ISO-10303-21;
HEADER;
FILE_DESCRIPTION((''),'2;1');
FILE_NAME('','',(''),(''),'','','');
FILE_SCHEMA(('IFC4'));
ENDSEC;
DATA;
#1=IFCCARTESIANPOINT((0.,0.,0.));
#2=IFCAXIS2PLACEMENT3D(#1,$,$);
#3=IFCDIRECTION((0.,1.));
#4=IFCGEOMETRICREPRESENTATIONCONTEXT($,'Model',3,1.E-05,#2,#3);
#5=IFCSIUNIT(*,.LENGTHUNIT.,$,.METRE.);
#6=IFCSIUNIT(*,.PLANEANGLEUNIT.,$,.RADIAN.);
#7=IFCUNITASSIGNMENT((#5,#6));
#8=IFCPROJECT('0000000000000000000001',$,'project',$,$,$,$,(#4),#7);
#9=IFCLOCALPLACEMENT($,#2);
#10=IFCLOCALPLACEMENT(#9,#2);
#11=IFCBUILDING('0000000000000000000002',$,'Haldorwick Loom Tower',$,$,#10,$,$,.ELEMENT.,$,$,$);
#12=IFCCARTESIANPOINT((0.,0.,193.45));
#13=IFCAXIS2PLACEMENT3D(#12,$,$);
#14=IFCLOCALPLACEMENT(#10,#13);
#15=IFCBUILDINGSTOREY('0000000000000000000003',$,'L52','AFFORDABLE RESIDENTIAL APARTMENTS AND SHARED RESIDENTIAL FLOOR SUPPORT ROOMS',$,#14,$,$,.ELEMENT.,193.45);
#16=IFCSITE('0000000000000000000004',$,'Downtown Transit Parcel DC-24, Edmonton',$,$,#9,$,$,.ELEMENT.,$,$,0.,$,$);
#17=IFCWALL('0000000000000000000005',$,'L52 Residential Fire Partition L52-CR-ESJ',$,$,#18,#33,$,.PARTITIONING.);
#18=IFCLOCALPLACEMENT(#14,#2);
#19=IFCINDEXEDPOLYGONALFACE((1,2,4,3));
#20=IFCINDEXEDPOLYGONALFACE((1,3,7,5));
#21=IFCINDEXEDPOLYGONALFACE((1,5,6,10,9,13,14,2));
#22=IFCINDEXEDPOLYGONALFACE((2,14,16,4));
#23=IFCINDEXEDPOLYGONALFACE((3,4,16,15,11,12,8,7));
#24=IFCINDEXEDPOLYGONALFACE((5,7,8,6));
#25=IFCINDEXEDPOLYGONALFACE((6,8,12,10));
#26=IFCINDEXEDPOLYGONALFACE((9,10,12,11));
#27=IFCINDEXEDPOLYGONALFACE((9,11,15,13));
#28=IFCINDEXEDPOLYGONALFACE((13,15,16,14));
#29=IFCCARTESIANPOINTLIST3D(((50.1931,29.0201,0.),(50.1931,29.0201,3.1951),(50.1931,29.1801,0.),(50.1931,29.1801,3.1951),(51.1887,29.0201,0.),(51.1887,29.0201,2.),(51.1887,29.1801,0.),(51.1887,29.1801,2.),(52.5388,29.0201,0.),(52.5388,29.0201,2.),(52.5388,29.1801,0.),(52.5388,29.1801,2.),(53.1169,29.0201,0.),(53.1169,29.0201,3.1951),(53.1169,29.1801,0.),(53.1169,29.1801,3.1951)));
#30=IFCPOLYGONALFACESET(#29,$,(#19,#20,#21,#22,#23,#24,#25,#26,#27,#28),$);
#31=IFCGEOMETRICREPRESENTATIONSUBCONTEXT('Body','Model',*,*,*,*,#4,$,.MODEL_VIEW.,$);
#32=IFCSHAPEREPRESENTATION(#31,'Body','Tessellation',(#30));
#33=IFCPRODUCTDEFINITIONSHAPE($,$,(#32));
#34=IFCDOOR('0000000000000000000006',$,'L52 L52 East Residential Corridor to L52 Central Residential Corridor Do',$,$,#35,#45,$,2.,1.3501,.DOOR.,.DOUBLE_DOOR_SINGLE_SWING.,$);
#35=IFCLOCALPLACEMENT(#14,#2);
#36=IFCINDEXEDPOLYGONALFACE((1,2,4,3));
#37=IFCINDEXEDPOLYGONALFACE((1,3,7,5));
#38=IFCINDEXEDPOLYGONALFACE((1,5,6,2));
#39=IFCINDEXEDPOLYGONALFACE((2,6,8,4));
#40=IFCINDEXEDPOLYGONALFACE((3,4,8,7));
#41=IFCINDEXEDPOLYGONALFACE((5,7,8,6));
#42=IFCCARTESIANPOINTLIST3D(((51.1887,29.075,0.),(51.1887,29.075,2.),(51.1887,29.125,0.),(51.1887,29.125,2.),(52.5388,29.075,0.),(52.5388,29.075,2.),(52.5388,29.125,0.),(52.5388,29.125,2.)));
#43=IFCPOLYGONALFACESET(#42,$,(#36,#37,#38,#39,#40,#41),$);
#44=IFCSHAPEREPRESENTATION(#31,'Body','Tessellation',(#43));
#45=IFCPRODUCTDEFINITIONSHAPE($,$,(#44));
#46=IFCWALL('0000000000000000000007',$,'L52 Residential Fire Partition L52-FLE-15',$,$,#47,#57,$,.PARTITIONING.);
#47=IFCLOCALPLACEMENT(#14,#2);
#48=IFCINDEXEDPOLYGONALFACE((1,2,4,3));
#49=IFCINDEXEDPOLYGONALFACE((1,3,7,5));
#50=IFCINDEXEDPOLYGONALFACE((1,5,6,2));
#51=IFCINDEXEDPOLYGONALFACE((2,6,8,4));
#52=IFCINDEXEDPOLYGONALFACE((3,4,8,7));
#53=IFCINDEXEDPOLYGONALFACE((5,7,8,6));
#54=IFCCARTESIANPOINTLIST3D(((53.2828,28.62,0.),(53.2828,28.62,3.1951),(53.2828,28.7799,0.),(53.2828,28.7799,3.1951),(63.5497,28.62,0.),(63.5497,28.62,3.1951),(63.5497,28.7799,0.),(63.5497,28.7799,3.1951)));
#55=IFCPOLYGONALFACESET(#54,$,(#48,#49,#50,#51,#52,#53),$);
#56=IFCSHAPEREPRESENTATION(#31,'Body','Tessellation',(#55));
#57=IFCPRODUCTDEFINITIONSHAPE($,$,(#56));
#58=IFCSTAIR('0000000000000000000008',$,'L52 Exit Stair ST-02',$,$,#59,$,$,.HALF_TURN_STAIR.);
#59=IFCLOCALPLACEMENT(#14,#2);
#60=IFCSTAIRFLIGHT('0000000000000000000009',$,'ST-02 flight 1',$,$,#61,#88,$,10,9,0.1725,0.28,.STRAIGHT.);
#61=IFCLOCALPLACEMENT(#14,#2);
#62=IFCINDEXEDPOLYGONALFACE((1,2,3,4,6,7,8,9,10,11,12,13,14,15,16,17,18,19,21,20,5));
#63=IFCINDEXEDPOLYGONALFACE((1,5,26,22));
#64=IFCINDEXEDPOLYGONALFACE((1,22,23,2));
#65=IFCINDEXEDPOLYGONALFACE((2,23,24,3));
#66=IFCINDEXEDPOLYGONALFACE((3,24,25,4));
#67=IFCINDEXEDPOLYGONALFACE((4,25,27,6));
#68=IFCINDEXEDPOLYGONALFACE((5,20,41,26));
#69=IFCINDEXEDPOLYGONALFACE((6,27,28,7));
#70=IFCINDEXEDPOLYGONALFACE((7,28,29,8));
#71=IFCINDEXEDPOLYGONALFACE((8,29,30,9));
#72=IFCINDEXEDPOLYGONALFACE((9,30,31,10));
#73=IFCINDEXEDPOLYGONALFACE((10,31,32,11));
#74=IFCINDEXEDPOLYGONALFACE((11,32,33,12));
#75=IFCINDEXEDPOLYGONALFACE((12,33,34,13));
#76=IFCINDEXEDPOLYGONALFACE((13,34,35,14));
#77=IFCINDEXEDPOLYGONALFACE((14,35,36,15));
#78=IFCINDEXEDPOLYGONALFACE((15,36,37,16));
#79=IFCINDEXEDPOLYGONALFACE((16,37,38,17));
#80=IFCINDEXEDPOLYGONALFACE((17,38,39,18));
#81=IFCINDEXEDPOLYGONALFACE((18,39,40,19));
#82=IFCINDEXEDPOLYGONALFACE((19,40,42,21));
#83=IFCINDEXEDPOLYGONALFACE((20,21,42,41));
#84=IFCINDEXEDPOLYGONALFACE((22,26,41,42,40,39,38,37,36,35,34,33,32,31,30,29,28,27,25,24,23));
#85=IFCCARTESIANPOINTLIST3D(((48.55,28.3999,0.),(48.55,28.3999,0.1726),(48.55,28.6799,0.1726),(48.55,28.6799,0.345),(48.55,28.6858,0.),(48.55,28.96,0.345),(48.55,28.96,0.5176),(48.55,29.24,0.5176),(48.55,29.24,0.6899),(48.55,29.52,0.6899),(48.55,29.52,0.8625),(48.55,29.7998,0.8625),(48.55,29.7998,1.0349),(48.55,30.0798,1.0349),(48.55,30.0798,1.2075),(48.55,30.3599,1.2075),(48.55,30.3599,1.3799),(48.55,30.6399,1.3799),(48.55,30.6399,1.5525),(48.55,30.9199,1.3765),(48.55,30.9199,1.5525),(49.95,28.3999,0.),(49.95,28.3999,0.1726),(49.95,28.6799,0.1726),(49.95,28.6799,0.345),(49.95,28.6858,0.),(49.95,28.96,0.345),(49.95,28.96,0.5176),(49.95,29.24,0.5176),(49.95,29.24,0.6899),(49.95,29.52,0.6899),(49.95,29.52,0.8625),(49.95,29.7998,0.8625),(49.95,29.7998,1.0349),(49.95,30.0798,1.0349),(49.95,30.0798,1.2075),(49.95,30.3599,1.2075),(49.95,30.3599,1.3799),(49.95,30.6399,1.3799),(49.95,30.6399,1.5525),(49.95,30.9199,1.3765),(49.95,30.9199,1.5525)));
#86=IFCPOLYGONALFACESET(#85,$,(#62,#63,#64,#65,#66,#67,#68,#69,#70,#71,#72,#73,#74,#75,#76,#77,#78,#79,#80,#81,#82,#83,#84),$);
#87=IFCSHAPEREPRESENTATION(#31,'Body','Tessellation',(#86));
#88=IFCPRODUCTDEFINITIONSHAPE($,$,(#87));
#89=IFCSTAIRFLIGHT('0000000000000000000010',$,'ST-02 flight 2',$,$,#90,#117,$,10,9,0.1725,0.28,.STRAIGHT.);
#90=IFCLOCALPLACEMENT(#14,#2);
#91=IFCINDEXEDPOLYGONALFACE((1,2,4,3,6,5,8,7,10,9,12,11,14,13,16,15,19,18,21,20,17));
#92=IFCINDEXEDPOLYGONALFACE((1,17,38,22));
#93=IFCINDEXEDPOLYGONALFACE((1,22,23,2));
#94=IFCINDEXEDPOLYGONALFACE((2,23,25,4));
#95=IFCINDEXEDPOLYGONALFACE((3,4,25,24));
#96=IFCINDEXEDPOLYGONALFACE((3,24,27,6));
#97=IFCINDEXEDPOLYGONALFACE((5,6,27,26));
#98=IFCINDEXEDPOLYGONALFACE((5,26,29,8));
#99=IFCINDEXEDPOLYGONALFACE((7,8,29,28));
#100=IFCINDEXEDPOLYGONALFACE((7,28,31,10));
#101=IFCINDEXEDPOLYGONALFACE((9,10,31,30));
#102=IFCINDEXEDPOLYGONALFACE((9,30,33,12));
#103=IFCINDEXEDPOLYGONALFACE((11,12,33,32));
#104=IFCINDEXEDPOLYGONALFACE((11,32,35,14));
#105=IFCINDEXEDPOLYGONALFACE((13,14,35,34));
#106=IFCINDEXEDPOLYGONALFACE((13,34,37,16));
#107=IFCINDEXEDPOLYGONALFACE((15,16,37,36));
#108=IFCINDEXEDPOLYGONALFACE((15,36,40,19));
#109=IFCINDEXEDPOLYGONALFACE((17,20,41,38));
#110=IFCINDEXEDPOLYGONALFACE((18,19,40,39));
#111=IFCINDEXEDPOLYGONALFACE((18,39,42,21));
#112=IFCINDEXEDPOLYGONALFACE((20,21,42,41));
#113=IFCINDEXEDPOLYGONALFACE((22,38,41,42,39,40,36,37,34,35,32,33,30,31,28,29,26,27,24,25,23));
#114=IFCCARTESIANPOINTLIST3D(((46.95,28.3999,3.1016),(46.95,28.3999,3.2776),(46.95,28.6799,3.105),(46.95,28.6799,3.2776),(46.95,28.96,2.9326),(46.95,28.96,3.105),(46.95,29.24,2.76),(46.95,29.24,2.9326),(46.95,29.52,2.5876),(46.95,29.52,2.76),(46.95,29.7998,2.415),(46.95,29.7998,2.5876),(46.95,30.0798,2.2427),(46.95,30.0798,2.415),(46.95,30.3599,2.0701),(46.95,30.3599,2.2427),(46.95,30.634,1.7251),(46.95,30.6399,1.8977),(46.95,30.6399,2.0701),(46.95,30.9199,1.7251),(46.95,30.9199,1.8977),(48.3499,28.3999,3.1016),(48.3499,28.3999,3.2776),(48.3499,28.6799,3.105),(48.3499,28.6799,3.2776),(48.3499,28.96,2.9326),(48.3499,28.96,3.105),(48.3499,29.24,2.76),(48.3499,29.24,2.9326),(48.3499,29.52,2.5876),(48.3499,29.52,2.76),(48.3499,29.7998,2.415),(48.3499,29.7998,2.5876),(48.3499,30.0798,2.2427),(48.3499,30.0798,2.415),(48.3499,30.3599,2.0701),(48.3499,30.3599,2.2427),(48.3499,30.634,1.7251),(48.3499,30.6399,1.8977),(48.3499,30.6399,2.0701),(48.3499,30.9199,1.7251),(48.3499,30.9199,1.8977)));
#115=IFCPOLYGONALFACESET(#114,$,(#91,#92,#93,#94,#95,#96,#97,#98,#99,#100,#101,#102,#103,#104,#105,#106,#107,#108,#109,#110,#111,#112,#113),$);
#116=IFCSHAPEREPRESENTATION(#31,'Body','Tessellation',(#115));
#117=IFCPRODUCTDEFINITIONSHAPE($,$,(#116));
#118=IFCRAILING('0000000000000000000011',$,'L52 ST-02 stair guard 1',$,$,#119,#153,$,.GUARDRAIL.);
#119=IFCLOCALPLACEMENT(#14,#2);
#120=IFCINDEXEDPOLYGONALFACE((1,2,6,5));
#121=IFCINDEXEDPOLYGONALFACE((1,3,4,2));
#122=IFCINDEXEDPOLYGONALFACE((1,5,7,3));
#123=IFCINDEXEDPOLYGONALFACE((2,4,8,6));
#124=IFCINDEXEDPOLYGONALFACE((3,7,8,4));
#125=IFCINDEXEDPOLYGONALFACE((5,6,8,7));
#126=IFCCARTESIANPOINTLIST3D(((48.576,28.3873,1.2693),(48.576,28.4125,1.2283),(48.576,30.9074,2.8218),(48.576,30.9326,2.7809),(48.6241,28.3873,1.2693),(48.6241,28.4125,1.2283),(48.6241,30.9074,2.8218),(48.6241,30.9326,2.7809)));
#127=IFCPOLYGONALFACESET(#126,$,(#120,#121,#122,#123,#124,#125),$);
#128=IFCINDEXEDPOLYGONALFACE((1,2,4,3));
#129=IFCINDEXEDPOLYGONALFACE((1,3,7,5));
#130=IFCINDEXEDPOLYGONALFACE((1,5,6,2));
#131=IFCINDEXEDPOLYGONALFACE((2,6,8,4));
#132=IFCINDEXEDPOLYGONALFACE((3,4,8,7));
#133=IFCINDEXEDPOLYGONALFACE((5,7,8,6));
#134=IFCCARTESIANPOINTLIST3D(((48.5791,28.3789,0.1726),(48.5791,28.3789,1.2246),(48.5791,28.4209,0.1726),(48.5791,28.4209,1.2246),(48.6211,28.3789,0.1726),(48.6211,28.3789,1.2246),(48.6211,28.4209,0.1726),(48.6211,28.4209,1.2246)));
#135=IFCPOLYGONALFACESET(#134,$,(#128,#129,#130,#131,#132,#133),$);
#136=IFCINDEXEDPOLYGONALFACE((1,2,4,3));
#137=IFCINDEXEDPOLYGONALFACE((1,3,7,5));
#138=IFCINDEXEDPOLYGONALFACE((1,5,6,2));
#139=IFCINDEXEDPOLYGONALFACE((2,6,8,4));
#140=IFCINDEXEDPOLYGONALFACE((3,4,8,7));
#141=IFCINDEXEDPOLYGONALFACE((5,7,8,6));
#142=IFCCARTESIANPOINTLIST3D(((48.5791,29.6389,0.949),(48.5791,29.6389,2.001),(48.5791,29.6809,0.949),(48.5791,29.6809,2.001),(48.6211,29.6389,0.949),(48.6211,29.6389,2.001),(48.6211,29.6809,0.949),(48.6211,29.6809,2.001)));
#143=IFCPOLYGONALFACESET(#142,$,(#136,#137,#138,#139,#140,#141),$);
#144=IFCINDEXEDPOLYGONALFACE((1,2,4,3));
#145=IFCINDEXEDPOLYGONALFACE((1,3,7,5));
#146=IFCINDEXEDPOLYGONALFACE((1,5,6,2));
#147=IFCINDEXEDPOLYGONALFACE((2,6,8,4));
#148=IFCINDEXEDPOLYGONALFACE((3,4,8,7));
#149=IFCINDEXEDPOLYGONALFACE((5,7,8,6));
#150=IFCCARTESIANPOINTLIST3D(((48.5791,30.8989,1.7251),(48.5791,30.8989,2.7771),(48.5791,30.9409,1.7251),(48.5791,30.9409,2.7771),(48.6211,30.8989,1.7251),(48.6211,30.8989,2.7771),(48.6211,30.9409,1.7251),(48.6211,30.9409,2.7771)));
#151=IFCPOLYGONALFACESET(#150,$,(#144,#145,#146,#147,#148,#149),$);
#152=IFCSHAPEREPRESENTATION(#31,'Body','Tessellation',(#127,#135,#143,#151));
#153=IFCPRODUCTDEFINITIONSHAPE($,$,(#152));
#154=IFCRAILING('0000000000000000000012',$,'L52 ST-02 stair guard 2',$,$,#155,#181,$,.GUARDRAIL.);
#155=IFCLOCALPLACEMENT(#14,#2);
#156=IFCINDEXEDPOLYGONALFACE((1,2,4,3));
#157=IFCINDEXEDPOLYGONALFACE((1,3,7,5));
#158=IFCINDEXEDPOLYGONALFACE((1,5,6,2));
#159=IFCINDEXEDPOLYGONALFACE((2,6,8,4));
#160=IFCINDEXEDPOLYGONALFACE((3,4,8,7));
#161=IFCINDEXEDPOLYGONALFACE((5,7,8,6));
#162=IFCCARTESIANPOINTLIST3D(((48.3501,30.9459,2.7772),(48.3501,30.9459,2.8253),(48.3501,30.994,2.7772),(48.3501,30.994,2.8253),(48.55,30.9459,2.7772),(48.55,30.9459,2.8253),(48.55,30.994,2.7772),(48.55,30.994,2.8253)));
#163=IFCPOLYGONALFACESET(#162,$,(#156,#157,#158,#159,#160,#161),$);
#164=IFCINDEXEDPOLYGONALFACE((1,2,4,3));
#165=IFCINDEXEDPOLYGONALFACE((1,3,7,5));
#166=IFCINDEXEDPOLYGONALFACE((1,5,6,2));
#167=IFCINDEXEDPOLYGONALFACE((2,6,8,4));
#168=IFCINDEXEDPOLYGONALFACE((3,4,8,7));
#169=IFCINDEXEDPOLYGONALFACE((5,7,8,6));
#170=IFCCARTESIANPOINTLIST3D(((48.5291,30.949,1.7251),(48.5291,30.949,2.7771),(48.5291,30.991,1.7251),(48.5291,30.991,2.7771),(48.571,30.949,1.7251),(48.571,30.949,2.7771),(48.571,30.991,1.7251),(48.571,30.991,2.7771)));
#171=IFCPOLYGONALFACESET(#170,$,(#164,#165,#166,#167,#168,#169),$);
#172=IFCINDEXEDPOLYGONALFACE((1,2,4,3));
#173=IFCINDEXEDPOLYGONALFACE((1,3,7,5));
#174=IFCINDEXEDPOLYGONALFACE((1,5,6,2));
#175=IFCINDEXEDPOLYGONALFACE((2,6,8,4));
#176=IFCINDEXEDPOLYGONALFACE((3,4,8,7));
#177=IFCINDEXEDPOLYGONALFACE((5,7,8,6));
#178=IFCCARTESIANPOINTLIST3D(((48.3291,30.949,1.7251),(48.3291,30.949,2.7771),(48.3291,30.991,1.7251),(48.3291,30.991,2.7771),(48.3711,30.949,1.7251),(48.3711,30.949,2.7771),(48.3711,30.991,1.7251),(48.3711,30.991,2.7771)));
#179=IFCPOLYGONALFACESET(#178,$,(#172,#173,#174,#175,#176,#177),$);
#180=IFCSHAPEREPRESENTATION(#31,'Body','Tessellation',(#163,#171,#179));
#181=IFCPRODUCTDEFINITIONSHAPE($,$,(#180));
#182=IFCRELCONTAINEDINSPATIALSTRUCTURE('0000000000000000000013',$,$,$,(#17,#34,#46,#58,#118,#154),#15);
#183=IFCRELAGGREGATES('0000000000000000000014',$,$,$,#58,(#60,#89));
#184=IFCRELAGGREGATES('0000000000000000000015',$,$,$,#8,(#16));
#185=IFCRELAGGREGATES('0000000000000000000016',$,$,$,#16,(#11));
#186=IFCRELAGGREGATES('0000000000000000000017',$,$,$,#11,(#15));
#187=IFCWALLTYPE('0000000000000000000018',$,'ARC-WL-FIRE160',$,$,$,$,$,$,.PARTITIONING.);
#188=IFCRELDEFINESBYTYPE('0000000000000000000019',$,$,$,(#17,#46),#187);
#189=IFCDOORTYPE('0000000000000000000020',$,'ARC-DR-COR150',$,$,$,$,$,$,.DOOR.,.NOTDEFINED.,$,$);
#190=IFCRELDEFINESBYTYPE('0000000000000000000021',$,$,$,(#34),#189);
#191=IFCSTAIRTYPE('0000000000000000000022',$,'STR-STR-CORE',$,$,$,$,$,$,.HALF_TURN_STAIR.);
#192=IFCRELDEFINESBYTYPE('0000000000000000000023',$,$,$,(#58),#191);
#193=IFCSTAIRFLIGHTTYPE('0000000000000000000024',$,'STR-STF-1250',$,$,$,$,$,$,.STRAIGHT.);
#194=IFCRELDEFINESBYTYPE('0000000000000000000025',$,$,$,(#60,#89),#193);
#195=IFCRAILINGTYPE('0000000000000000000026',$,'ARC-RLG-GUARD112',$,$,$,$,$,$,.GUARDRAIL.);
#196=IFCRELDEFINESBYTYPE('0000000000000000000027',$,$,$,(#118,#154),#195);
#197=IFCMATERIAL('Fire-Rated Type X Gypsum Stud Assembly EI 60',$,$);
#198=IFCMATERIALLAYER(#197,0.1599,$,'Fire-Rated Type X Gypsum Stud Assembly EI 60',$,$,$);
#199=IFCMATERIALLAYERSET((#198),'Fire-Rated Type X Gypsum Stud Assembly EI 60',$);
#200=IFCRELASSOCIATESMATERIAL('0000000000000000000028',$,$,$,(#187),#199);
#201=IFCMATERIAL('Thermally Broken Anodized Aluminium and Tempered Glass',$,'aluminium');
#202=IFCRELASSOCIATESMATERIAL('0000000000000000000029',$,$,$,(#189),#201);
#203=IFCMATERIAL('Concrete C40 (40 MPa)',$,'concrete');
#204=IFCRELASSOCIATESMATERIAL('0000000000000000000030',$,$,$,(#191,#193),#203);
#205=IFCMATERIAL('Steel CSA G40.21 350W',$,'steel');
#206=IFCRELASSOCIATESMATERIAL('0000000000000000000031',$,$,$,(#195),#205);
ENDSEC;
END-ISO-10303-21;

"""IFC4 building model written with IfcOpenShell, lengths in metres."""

from ifc_helpers import new_model, si_unit, direction, frame, frame_2d, origin, origin_2d, place, context, subcontext, project, spatial, polyline, rectangle, outline, extrude, material, layer, layer_set, type_object, element, fill, aggregate, save


model = new_model("IFC4")

# Units and contexts
model_context = context("Model", 3, precision=1e-05, world=origin(), true_north=direction((0.0, 1.0)))
body_context = subcontext(model_context, "Body", "Model", "MODEL_VIEW")
ifc_project = project(units=[si_unit("LENGTHUNIT", "METRE"), si_unit("PLANEANGLEUNIT", "RADIAN")], contexts=[model_context])

# Site, building, storey
site_placement = place(None, origin())
site = spatial("IfcSite", under=ifc_project, at=site_placement, Name="Downtown Transit Parcel DC-24, Edmonton", CompositionType="ELEMENT", RefElevation=0.0)
building_placement = place(site_placement, origin())
building = spatial("IfcBuilding", under=site, at=building_placement, Name="Haldorwick Loom Tower", CompositionType="ELEMENT")
storey_placement = place(building_placement, frame((0.0, 0.0, 193.45)))
storey = spatial("IfcBuildingStorey", under=building, at=storey_placement, Name="L52", Description="AFFORDABLE RESIDENTIAL APARTMENTS AND SHARED RESIDENTIAL FLOOR SUPPORT ROOMS", CompositionType="ELEMENT", Elevation=193.45)

# Shared definitions
ifc_material_1 = material(Name="Steel CSA G40.21 350W", Category="steel")

# Wall, opening, door
ifc_material_2 = material(Name="Fire-Rated Type X Gypsum Stud Assembly EI 60")
ifc_layer_1 = layer(ifc_material_2, 0.1599, Name="Fire-Rated Type X Gypsum Stud Assembly EI 60")
ifc_layer_set_1 = layer_set([ifc_layer_1], Name="Fire-Rated Type X Gypsum Stud Assembly EI 60")
wall_type_1 = type_object("IfcWallType", Name="ARC-WL-FIRE160", PredefinedType="PARTITIONING", material=ifc_layer_set_1)
wall_1_placement = place(storey_placement, frame((50.1931, 29.1001, 0.0), z_axis=(0.0, 0.0, 1.0), x_axis=(1.0, 0.0, 0.0)))
wall_1 = element("IfcWall", 1, at=wall_1_placement, inside=storey, type_object=wall_type_1, Name="L52 Residential Fire Partition L52-CR-ESJ", PredefinedType="PARTITIONING", context=body_context, shape_type="SweptSolid", body=[
    extrude(rectangle(XDim=2.9238, YDim=0.1599, at=frame_2d((1.4619, 0.0))), origin(), (0.0, 0.0, 1.0), 3.1951),
])
opening_placement = place(wall_1_placement, frame((0.9956, 0.0, 0.0)))
opening = element("IfcOpeningElement", 2, at=opening_placement, cuts=wall_1, PredefinedType="OPENING", context=body_context, shape_type="SweptSolid", body=[
    extrude(rectangle(XDim=1.3501, YDim=2.0, at=frame_2d((0.675, 1.0))), frame((0.0, 0.0898, 0.0), z_axis=(0.0, -1.0, 0.0), x_axis=(1.0, 0.0, 0.0)), (0.0, 0.0, 1.0), 0.1799),
])
ifc_material_3 = material(Name="Thermally Broken Anodized Aluminium and Tempered Glass", Category="aluminium")
door_type = type_object("IfcDoorType", Name="ARC-DR-COR150", OperationType="NOTDEFINED", PredefinedType="DOOR", material=ifc_material_3)
door_placement = place(opening_placement, origin())
door = element("IfcDoor", 3, at=door_placement, inside=storey, type_object=door_type, Name="L52 L52 East Residential Corridor to L52 Central Residential Corridor Do", OperationType="DOUBLE_DOOR_SINGLE_SWING", OverallHeight=2.0, OverallWidth=1.3501, PredefinedType="DOOR", context=body_context, shape_type="SweptSolid", body=[
    extrude(rectangle(XDim=1.3501, YDim=2.0, at=frame_2d((0.675, 1.0))), frame((0.0, 0.0249, 0.0), z_axis=(0.0, -1.0, 0.0), x_axis=(1.0, 0.0, 0.0)), (0.0, 0.0, 1.0), 0.05),
])
fill(opening, door)

# Wall
wall_2_placement = place(storey_placement, frame((53.283, 28.7, 0.0), z_axis=(0.0, 0.0, 1.0), x_axis=(1.0, 0.0, 0.0)))
element("IfcWall", 4, at=wall_2_placement, inside=storey, type_object=wall_type_1, Name="L52 Residential Fire Partition L52-FLE-15", PredefinedType="PARTITIONING", context=body_context, shape_type="SweptSolid", body=[
    extrude(rectangle(XDim=10.2668, YDim=0.1599, at=frame_2d((5.1333, 0.0))), origin(), (0.0, 0.0, 1.0), 3.1951),
])

# Stair, stair flights
ifc_material_4 = material(Name="Concrete C40 (40 MPa)", Category="concrete")
stair_type = type_object("IfcStairType", Name="STR-STR-CORE", PredefinedType="HALF_TURN_STAIR", material=ifc_material_4)
stair_placement = place(storey_placement, origin())
stair = element("IfcStair", 5, at=stair_placement, inside=storey, type_object=stair_type, Name="L52 Exit Stair ST-02", PredefinedType="HALF_TURN_STAIR")
stair_flight_type = type_object("IfcStairFlightType", Name="STR-STF-1250", PredefinedType="STRAIGHT", material=ifc_material_4)
stair_flight_1_placement = place(storey_placement, frame((49.25, 28.3999, 0.0), z_axis=(0.0, 0.0, 1.0), x_axis=(0.0, 1.0, 0.0)))
stair_flight_1 = element("IfcStairFlight", 6, at=stair_flight_1_placement, type_object=stair_flight_type, Name="ST-02 flight 1", NumberOfRisers=10, NumberOfTreads=9, PredefinedType="STRAIGHT", RiserHeight=0.1725, TreadLength=0.28, context=body_context, shape_type="SweptSolid", body=[
    extrude(outline(polyline([(0.0, 0.0), (0.0, 0.1726), (0.28, 0.1726), (0.28, 0.345), (0.5601, 0.345), (0.5601, 0.5176), (0.8401, 0.5176), (0.8401, 0.6899), (1.1201, 0.6899), (1.1201, 0.8625), (1.3999, 0.8625), (1.3999, 1.0349), (1.6799, 1.0349), (1.6799, 1.2075), (1.96, 1.2075), (1.96, 1.3799), (2.24, 1.3799), (2.24, 1.5525), (2.52, 1.5525), (2.52, 1.7251), (2.52, 1.3765), (0.2859, 0.0), (0.0, 0.0)])), frame((0.0, 0.7, 0.0), z_axis=(0.0, -1.0, 0.0), x_axis=(1.0, 0.0, 0.0)), (0.0, 0.0, 1.0), 1.3999),
])
stair_flight_2_placement = place(storey_placement, frame((47.6499, 30.9199, 1.7251), z_axis=(0.0, 0.0, 1.0), x_axis=(0.0, -1.0, 0.0)))
stair_flight_2 = element("IfcStairFlight", 7, at=stair_flight_2_placement, type_object=stair_flight_type, Name="ST-02 flight 2", NumberOfRisers=10, NumberOfTreads=9, PredefinedType="STRAIGHT", RiserHeight=0.1725, TreadLength=0.28, context=body_context, shape_type="SweptSolid", body=[
    extrude(outline(polyline([(0.0, 0.0), (0.0, 0.1726), (0.28, 0.1726), (0.28, 0.345), (0.5601, 0.345), (0.5601, 0.5176), (0.8401, 0.5176), (0.8401, 0.6899), (1.1201, 0.6899), (1.1201, 0.8625), (1.3999, 0.8625), (1.3999, 1.0349), (1.6799, 1.0349), (1.6799, 1.2075), (1.96, 1.2075), (1.96, 1.3799), (2.24, 1.3799), (2.24, 1.5525), (2.52, 1.5525), (2.52, 1.7251), (2.52, 1.3765), (0.2859, 0.0), (0.0, 0.0)])), frame((0.0, 0.7, 0.0), z_axis=(0.0, -1.0, 0.0), x_axis=(1.0, 0.0, 0.0)), (0.0, 0.0, 1.0), 1.3999),
])
aggregate(stair, [stair_flight_1, stair_flight_2])

# Railings
railing_type_1 = type_object("IfcRailingType", Name="ARC-RLG-GUARD112", PredefinedType="GUARDRAIL", material=ifc_material_1)
railing_1_placement = place(storey_placement, frame((48.6001, 28.3999, 0.1726)))
element("IfcRailing", 8, at=railing_1_placement, inside=storey, type_object=railing_type_1, Name="L52 ST-02 stair guard 1", PredefinedType="GUARDRAIL", context=body_context, shape_type="SweptSolid", body=[
    extrude(rectangle(XDim=0.0481, YDim=0.0481, at=origin_2d()), frame((0.0, 0.0, 1.0762), z_axis=(0.0, 0.8514, 0.524516), x_axis=(-1.0, 0.0, 0.0)), (0.0, 0.0, 1.0), 2.96),
    extrude(rectangle(XDim=0.042, YDim=0.042, at=origin_2d()), origin(), (0.0, 0.0, 1.0), 1.052),
    extrude(rectangle(XDim=0.042, YDim=0.042, at=origin_2d()), frame((0.0, 1.26, 0.7764)), (0.0, 0.0, 1.0), 1.052),
    extrude(rectangle(XDim=0.042, YDim=0.042, at=origin_2d()), frame((0.0, 2.52, 1.5525)), (0.0, 0.0, 1.0), 1.052),
])
railing_2_placement = place(storey_placement, frame((48.55, 30.97, 1.7251)))
element("IfcRailing", 9, at=railing_2_placement, inside=storey, type_object=railing_type_1, Name="L52 ST-02 stair guard 2", PredefinedType="GUARDRAIL", context=body_context, shape_type="SweptSolid", body=[
    extrude(rectangle(XDim=0.0481, YDim=0.0481, at=origin_2d()), frame((0.0, 0.0, 1.0762), z_axis=(-1.0, 0.0, 0.0), x_axis=(0.0, -1.0, 0.0)), (0.0, 0.0, 1.0), 0.2),
    extrude(rectangle(XDim=0.042, YDim=0.042, at=origin_2d()), origin(), (0.0, 0.0, 1.0), 1.052),
    extrude(rectangle(XDim=0.042, YDim=0.042, at=origin_2d()), frame((-0.2, 0.0, 0.0)), (0.0, 0.0, 1.0), 1.052),
])

save(model, "model.ifc")
